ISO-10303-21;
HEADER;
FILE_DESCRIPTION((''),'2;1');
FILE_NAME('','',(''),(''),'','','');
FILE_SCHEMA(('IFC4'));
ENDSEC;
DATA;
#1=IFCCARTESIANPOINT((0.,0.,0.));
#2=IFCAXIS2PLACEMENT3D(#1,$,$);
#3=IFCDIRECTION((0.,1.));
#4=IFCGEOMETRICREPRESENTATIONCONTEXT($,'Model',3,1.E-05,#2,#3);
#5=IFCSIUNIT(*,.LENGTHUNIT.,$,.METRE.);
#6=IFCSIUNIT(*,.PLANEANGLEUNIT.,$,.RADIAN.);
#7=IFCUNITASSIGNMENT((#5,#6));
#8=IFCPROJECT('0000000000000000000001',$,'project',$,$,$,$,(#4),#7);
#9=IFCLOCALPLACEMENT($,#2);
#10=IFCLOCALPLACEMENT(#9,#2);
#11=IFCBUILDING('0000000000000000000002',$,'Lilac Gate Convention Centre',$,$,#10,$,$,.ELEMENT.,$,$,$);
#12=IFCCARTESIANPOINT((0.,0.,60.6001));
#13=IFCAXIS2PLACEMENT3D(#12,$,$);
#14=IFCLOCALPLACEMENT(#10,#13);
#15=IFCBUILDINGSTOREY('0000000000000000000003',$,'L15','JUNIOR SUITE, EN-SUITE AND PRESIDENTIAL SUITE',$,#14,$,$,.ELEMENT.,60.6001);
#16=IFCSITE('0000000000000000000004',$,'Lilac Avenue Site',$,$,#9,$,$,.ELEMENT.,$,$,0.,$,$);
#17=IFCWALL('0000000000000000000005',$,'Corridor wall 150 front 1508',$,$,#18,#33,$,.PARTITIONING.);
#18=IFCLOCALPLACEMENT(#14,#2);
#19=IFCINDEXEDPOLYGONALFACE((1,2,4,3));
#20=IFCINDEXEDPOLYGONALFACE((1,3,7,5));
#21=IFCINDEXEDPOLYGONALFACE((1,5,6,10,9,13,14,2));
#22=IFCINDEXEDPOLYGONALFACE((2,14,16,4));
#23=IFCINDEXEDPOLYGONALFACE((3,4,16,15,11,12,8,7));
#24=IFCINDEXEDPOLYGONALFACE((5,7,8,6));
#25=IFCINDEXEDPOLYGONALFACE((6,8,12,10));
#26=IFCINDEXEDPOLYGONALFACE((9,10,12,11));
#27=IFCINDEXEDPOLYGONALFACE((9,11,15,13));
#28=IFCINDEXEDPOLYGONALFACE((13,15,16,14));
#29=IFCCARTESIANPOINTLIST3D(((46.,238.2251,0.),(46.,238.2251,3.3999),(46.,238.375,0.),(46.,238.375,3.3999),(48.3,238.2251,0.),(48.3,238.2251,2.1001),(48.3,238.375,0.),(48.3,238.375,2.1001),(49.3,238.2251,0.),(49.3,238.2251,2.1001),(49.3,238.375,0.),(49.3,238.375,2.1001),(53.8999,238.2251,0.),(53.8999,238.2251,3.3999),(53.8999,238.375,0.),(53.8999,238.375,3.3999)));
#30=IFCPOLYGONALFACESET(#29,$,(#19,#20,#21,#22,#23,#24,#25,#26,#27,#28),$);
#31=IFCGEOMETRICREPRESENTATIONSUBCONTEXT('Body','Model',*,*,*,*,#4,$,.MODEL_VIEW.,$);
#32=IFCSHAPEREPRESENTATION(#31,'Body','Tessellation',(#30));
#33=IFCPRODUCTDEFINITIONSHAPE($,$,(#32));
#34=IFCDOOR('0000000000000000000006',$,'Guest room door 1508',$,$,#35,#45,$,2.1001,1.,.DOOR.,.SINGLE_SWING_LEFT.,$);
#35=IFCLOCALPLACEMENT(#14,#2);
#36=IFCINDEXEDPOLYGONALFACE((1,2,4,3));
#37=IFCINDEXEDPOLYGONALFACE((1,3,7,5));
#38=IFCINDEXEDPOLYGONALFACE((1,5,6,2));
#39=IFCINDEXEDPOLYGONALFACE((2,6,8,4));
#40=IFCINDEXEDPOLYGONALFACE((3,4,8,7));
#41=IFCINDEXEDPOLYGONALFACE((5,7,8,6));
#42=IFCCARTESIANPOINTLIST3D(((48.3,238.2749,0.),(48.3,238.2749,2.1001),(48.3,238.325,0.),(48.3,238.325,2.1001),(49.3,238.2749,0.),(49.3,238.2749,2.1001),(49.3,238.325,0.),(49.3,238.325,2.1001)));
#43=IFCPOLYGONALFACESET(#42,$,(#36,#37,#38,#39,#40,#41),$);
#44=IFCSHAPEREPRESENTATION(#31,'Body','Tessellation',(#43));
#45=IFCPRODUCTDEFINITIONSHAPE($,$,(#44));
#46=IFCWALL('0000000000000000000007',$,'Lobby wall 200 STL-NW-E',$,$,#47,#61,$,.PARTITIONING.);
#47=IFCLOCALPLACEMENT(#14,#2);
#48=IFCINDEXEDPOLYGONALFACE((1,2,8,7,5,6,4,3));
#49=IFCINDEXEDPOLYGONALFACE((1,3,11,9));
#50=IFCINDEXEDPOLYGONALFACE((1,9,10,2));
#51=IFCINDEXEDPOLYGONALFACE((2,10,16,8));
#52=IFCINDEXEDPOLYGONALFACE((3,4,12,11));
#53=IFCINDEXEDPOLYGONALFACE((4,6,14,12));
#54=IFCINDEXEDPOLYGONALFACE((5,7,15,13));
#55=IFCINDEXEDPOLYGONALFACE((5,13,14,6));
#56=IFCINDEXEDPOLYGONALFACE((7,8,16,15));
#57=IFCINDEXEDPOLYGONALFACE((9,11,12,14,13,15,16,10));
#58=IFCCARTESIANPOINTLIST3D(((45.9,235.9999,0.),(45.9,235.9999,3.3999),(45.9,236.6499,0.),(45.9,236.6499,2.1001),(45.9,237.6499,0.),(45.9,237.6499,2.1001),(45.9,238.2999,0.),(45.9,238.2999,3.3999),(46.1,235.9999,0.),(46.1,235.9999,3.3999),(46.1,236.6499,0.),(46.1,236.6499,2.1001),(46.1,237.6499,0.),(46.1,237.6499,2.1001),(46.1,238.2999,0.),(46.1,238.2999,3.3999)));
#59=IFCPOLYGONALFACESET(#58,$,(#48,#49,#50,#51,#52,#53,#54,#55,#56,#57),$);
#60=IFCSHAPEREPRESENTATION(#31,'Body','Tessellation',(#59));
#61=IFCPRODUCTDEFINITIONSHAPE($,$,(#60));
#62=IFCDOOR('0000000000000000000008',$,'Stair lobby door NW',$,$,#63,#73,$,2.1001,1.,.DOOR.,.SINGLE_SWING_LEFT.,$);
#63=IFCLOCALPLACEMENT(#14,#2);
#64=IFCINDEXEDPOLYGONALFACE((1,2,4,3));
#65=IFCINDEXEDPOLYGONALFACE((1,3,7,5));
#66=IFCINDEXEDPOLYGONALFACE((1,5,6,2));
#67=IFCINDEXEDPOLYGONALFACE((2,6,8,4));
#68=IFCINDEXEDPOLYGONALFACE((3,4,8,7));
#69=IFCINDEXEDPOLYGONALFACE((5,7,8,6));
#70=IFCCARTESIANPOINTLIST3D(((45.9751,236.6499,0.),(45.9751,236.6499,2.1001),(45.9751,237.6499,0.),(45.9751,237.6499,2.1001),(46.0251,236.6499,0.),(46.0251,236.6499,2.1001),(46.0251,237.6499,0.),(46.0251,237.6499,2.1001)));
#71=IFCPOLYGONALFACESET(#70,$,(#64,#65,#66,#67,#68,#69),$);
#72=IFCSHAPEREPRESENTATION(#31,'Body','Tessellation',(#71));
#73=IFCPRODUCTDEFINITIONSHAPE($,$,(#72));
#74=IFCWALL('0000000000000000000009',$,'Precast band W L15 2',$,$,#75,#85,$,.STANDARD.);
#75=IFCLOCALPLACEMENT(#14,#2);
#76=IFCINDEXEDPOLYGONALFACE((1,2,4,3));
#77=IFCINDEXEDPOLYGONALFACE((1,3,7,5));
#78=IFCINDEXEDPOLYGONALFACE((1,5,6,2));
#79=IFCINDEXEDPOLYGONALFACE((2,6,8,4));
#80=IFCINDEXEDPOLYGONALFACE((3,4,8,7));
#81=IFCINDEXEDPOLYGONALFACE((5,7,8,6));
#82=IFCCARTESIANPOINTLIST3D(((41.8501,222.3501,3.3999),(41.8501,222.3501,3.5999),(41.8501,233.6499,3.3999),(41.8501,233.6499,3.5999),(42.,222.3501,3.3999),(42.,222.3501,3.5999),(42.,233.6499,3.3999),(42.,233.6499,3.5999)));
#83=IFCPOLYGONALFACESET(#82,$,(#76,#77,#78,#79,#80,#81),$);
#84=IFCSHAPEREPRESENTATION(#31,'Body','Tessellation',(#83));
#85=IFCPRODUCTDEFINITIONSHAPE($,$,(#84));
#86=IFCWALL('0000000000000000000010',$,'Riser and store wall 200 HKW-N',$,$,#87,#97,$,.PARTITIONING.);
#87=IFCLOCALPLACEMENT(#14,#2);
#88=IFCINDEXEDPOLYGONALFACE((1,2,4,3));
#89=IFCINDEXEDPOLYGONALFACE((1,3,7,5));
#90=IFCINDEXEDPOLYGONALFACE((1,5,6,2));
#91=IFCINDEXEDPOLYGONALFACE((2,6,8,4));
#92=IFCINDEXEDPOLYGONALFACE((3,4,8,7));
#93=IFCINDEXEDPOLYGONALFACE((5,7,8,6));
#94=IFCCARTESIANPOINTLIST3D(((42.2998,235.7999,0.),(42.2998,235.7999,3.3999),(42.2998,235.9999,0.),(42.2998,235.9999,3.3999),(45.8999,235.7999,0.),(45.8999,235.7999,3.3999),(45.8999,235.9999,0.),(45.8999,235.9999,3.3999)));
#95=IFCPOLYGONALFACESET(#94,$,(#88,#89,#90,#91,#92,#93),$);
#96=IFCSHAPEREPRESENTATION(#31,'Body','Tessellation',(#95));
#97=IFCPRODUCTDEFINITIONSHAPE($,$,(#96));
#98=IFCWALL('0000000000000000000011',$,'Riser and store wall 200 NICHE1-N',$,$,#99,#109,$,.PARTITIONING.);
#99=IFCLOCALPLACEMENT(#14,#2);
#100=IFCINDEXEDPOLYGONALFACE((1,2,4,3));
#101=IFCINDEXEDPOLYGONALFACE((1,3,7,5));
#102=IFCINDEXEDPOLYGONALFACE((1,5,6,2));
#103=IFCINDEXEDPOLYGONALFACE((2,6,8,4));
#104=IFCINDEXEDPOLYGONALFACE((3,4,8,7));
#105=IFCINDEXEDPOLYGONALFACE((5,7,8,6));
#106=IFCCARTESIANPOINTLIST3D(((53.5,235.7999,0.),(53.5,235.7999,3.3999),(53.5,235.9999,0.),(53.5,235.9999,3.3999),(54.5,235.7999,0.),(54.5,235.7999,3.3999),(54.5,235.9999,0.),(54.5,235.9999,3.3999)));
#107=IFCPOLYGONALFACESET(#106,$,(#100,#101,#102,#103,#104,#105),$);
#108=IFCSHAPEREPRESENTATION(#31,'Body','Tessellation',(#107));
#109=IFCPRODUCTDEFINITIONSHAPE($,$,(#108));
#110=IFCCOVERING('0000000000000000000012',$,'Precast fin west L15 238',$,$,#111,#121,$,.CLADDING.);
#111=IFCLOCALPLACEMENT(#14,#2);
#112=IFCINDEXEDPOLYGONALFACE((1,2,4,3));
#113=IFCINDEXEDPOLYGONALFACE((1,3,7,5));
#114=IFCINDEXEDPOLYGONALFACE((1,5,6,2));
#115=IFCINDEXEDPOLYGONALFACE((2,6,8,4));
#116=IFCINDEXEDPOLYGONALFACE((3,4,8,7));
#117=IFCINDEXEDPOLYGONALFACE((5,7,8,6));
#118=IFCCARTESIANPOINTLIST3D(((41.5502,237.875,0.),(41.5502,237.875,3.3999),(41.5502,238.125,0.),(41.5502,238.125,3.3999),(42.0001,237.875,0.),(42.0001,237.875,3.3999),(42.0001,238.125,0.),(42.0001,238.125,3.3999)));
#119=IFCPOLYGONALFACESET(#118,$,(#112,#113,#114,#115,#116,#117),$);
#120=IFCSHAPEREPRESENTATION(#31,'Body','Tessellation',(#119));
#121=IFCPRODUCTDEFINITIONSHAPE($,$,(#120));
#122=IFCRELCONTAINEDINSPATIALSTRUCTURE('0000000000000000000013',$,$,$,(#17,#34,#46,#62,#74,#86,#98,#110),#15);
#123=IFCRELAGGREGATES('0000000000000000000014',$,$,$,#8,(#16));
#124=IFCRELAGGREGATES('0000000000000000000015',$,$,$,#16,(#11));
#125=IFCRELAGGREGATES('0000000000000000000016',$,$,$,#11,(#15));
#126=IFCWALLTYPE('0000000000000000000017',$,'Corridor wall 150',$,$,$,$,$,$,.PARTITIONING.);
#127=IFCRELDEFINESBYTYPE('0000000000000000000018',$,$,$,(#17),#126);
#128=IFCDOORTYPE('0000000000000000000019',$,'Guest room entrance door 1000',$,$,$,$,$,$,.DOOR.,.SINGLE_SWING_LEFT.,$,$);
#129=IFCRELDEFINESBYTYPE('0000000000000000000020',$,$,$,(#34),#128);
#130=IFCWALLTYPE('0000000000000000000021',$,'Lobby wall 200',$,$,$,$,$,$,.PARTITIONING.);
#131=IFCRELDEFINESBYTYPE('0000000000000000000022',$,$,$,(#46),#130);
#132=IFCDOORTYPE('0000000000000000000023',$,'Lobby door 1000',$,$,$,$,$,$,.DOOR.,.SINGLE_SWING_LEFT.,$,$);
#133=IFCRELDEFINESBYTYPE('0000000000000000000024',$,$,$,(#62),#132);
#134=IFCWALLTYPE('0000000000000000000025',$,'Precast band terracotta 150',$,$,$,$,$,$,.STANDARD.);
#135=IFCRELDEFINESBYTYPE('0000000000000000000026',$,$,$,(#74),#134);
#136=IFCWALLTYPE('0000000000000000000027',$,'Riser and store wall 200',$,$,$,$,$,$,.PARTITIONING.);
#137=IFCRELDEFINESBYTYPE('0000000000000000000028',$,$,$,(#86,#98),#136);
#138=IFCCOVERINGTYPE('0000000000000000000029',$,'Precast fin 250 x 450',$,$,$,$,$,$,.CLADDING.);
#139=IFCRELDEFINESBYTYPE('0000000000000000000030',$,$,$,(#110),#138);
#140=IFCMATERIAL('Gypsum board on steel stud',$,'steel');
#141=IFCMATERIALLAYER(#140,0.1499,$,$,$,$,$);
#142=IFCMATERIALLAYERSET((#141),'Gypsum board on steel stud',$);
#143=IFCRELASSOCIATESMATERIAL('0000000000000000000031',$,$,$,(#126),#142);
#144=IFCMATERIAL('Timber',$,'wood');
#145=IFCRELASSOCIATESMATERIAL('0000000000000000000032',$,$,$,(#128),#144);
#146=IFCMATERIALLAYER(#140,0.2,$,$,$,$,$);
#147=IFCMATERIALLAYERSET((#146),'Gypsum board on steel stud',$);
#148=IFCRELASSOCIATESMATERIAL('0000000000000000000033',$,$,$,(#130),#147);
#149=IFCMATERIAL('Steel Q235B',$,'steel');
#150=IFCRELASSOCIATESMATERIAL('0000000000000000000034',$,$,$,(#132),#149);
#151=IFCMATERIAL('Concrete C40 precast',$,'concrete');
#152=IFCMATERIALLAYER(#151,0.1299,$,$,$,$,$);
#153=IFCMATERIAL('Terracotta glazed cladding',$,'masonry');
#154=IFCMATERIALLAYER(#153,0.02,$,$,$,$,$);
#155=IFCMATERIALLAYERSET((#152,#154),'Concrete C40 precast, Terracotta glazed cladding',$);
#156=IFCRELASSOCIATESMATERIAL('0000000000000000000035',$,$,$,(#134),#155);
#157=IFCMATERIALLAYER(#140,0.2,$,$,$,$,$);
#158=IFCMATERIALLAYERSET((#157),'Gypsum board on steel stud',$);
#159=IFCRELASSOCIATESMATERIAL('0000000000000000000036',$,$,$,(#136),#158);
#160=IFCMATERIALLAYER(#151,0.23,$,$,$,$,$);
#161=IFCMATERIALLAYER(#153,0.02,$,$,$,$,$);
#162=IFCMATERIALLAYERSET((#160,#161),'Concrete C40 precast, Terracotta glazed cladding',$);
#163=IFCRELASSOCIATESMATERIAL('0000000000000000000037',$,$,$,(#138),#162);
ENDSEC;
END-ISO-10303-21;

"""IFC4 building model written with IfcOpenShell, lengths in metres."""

from ifc_helpers import new_model, si_unit, direction, frame, frame_2d, origin, place, context, subcontext, project, spatial, rectangle, extrude, material, layer, layer_set, type_object, element, fill, save


model = new_model("IFC4")

# Units and contexts
model_context = context("Model", 3, precision=1e-05, world=origin(), true_north=direction((0.0, 1.0)))
body_context = subcontext(model_context, "Body", "Model", "MODEL_VIEW")
ifc_project = project(units=[si_unit("LENGTHUNIT", "METRE"), si_unit("PLANEANGLEUNIT", "RADIAN")], contexts=[model_context])

# Site, building, storey
site_placement = place(None, origin())
site = spatial("IfcSite", under=ifc_project, at=site_placement, Name="Lilac Avenue Site", CompositionType="ELEMENT", RefElevation=0.0)
building_placement = place(site_placement, origin())
building = spatial("IfcBuilding", under=site, at=building_placement, Name="Lilac Gate Convention Centre", CompositionType="ELEMENT")
storey_placement = place(building_placement, frame((0.0, 0.0, 60.6001)))
storey = spatial("IfcBuildingStorey", under=building, at=storey_placement, Name="L15", Description="JUNIOR SUITE, EN-SUITE AND PRESIDENTIAL SUITE", CompositionType="ELEMENT", Elevation=60.6001)

# Walls, openings, doors
ifc_material_1 = material(Name="Gypsum board on steel stud", Category="steel")
ifc_layer_1 = layer(ifc_material_1, 0.1499)
ifc_layer_set_1 = layer_set([ifc_layer_1], Name="Gypsum board on steel stud")
wall_type_1 = type_object("IfcWallType", Name="Corridor wall 150", PredefinedType="PARTITIONING", material=ifc_layer_set_1)
wall_1_placement = place(storey_placement, frame((46.0, 238.3, 0.0), z_axis=(0.0, 0.0, 1.0), x_axis=(1.0, 0.0, 0.0)))
wall_1 = element("IfcWall", 1, at=wall_1_placement, inside=storey, type_object=wall_type_1, Name="Corridor wall 150 front 1508", PredefinedType="PARTITIONING", context=body_context, shape_type="SweptSolid", body=[
    extrude(rectangle(XDim=7.8999, YDim=0.1499, at=frame_2d((3.95, 0.0))), origin(), (0.0, 0.0, 1.0), 3.3999),
])
opening_1_placement = place(wall_1_placement, frame((2.3, 0.0, 0.0)))
opening_1 = element("IfcOpeningElement", 2, at=opening_1_placement, cuts=wall_1, PredefinedType="OPENING", context=body_context, shape_type="SweptSolid", body=[
    extrude(rectangle(XDim=1.0, YDim=2.1001, at=frame_2d((0.5, 1.05))), frame((0.0, 0.085, 0.0), z_axis=(0.0, -1.0, 0.0), x_axis=(1.0, 0.0, 0.0)), (0.0, 0.0, 1.0), 0.1699),
])
ifc_material_2 = material(Name="Timber", Category="wood")
door_type_1 = type_object("IfcDoorType", Name="Guest room entrance door 1000", OperationType="SINGLE_SWING_LEFT", PredefinedType="DOOR", material=ifc_material_2)
door_1_placement = place(opening_1_placement, origin())
door_1 = element("IfcDoor", 3, at=door_1_placement, inside=storey, type_object=door_type_1, Name="Guest room door 1508", OperationType="SINGLE_SWING_LEFT", OverallHeight=2.1001, OverallWidth=1.0, PredefinedType="DOOR", context=body_context, shape_type="SweptSolid", body=[
    extrude(rectangle(XDim=1.0, YDim=2.1001, at=frame_2d((0.5, 1.05))), frame((0.0, 0.0249, 0.0), z_axis=(0.0, -1.0, 0.0), x_axis=(1.0, 0.0, 0.0)), (0.0, 0.0, 1.0), 0.05),
])
fill(opening_1, door_1)
ifc_layer_2 = layer(ifc_material_1, 0.2)
ifc_layer_set_2 = layer_set([ifc_layer_2], Name="Gypsum board on steel stud")
wall_type_2 = type_object("IfcWallType", Name="Lobby wall 200", PredefinedType="PARTITIONING", material=ifc_layer_set_2)
wall_2_placement = place(storey_placement, frame((46.0, 236.0, 0.0), z_axis=(0.0, 0.0, 1.0), x_axis=(0.0, 1.0, 0.0)))
wall_2 = element("IfcWall", 4, at=wall_2_placement, inside=storey, type_object=wall_type_2, Name="Lobby wall 200 STL-NW-E", PredefinedType="PARTITIONING", context=body_context, shape_type="SweptSolid", body=[
    extrude(rectangle(XDim=2.3, YDim=0.2, at=frame_2d((1.1499, 0.0))), origin(), (0.0, 0.0, 1.0), 3.3999),
])
opening_2_placement = place(wall_2_placement, frame((0.6499, 0.0, 0.0)))
opening_2 = element("IfcOpeningElement", 5, at=opening_2_placement, cuts=wall_2, PredefinedType="OPENING", context=body_context, shape_type="SweptSolid", body=[
    extrude(rectangle(XDim=1.0, YDim=2.1001, at=frame_2d((0.5, 1.05))), frame((0.0, 0.1099, 0.0), z_axis=(0.0, -1.0, 0.0), x_axis=(1.0, 0.0, 0.0)), (0.0, 0.0, 1.0), 0.22),
])
ifc_material_3 = material(Name="Steel Q235B", Category="steel")
door_type_2 = type_object("IfcDoorType", Name="Lobby door 1000", OperationType="SINGLE_SWING_LEFT", PredefinedType="DOOR", material=ifc_material_3)
door_2_placement = place(opening_2_placement, origin())
door_2 = element("IfcDoor", 6, at=door_2_placement, inside=storey, type_object=door_type_2, Name="Stair lobby door NW", OperationType="SINGLE_SWING_LEFT", OverallHeight=2.1001, OverallWidth=1.0, PredefinedType="DOOR", context=body_context, shape_type="SweptSolid", body=[
    extrude(rectangle(XDim=1.0, YDim=2.1001, at=frame_2d((0.5, 1.05))), frame((0.0, 0.0249, 0.0), z_axis=(0.0, -1.0, 0.0), x_axis=(1.0, 0.0, 0.0)), (0.0, 0.0, 1.0), 0.05),
])
fill(opening_2, door_2)

# Walls
ifc_material_4 = material(Name="Concrete C40 precast", Category="concrete")
ifc_layer_3 = layer(ifc_material_4, 0.1299)
ifc_material_5 = material(Name="Terracotta glazed cladding", Category="masonry")
ifc_layer_4 = layer(ifc_material_5, 0.02)
ifc_layer_set_3 = layer_set([ifc_layer_3, ifc_layer_4], Name="Concrete C40 precast, Terracotta glazed cladding")
wall_type_3 = type_object("IfcWallType", Name="Precast band terracotta 150", PredefinedType="STANDARD", material=ifc_layer_set_3)
wall_3_placement = place(storey_placement, frame((41.925, 233.6499, 3.3999), z_axis=(0.0, 0.0, 1.0), x_axis=(0.0, -1.0, 0.0)))
element("IfcWall", 7, at=wall_3_placement, inside=storey, type_object=wall_type_3, Name="Precast band W L15 2", PredefinedType="STANDARD", context=body_context, shape_type="SweptSolid", body=[
    extrude(rectangle(XDim=11.2998, YDim=0.1499, at=frame_2d((5.6499, 0.0))), origin(), (0.0, 0.0, 1.0), 0.2),
])
ifc_layer_5 = layer(ifc_material_1, 0.2)
ifc_layer_set_4 = layer_set([ifc_layer_5], Name="Gypsum board on steel stud")
wall_type_4 = type_object("IfcWallType", Name="Riser and store wall 200", PredefinedType="PARTITIONING", material=ifc_layer_set_4)
wall_4_placement = place(storey_placement, frame((42.2998, 235.8999, 0.0), z_axis=(0.0, 0.0, 1.0), x_axis=(1.0, 0.0, 0.0)))
element("IfcWall", 8, at=wall_4_placement, inside=storey, type_object=wall_type_4, Name="Riser and store wall 200 HKW-N", PredefinedType="PARTITIONING", context=body_context, shape_type="SweptSolid", body=[
    extrude(rectangle(XDim=3.6001, YDim=0.2, at=frame_2d((1.8, 0.0))), origin(), (0.0, 0.0, 1.0), 3.3999),
])
wall_5_placement = place(storey_placement, frame((53.5, 235.8999, 0.0), z_axis=(0.0, 0.0, 1.0), x_axis=(1.0, 0.0, 0.0)))
element("IfcWall", 9, at=wall_5_placement, inside=storey, type_object=wall_type_4, Name="Riser and store wall 200 NICHE1-N", PredefinedType="PARTITIONING", context=body_context, shape_type="SweptSolid", body=[
    extrude(rectangle(XDim=1.0, YDim=0.2, at=frame_2d((0.5, 0.0))), origin(), (0.0, 0.0, 1.0), 3.3999),
])

# Covering
ifc_layer_6 = layer(ifc_material_4, 0.23)
ifc_layer_7 = layer(ifc_material_5, 0.02)
ifc_layer_set_5 = layer_set([ifc_layer_6, ifc_layer_7], Name="Concrete C40 precast, Terracotta glazed cladding")
covering_type = type_object("IfcCoveringType", Name="Precast fin 250 x 450", PredefinedType="CLADDING", material=ifc_layer_set_5)
covering_placement = place(storey_placement, frame((41.55, 238.0, 0.0), z_axis=(0.0, 0.0, 1.0), x_axis=(1.0, 0.0, 0.0)))
element("IfcCovering", 10, at=covering_placement, inside=storey, type_object=covering_type, Name="Precast fin west L15 238", PredefinedType="CLADDING", context=body_context, shape_type="SweptSolid", body=[
    extrude(rectangle(XDim=0.45, YDim=0.25, at=frame_2d((0.2251, 0.0))), origin(), (0.0, 0.0, 1.0), 3.3999),
])

save(model, "model.ifc")
